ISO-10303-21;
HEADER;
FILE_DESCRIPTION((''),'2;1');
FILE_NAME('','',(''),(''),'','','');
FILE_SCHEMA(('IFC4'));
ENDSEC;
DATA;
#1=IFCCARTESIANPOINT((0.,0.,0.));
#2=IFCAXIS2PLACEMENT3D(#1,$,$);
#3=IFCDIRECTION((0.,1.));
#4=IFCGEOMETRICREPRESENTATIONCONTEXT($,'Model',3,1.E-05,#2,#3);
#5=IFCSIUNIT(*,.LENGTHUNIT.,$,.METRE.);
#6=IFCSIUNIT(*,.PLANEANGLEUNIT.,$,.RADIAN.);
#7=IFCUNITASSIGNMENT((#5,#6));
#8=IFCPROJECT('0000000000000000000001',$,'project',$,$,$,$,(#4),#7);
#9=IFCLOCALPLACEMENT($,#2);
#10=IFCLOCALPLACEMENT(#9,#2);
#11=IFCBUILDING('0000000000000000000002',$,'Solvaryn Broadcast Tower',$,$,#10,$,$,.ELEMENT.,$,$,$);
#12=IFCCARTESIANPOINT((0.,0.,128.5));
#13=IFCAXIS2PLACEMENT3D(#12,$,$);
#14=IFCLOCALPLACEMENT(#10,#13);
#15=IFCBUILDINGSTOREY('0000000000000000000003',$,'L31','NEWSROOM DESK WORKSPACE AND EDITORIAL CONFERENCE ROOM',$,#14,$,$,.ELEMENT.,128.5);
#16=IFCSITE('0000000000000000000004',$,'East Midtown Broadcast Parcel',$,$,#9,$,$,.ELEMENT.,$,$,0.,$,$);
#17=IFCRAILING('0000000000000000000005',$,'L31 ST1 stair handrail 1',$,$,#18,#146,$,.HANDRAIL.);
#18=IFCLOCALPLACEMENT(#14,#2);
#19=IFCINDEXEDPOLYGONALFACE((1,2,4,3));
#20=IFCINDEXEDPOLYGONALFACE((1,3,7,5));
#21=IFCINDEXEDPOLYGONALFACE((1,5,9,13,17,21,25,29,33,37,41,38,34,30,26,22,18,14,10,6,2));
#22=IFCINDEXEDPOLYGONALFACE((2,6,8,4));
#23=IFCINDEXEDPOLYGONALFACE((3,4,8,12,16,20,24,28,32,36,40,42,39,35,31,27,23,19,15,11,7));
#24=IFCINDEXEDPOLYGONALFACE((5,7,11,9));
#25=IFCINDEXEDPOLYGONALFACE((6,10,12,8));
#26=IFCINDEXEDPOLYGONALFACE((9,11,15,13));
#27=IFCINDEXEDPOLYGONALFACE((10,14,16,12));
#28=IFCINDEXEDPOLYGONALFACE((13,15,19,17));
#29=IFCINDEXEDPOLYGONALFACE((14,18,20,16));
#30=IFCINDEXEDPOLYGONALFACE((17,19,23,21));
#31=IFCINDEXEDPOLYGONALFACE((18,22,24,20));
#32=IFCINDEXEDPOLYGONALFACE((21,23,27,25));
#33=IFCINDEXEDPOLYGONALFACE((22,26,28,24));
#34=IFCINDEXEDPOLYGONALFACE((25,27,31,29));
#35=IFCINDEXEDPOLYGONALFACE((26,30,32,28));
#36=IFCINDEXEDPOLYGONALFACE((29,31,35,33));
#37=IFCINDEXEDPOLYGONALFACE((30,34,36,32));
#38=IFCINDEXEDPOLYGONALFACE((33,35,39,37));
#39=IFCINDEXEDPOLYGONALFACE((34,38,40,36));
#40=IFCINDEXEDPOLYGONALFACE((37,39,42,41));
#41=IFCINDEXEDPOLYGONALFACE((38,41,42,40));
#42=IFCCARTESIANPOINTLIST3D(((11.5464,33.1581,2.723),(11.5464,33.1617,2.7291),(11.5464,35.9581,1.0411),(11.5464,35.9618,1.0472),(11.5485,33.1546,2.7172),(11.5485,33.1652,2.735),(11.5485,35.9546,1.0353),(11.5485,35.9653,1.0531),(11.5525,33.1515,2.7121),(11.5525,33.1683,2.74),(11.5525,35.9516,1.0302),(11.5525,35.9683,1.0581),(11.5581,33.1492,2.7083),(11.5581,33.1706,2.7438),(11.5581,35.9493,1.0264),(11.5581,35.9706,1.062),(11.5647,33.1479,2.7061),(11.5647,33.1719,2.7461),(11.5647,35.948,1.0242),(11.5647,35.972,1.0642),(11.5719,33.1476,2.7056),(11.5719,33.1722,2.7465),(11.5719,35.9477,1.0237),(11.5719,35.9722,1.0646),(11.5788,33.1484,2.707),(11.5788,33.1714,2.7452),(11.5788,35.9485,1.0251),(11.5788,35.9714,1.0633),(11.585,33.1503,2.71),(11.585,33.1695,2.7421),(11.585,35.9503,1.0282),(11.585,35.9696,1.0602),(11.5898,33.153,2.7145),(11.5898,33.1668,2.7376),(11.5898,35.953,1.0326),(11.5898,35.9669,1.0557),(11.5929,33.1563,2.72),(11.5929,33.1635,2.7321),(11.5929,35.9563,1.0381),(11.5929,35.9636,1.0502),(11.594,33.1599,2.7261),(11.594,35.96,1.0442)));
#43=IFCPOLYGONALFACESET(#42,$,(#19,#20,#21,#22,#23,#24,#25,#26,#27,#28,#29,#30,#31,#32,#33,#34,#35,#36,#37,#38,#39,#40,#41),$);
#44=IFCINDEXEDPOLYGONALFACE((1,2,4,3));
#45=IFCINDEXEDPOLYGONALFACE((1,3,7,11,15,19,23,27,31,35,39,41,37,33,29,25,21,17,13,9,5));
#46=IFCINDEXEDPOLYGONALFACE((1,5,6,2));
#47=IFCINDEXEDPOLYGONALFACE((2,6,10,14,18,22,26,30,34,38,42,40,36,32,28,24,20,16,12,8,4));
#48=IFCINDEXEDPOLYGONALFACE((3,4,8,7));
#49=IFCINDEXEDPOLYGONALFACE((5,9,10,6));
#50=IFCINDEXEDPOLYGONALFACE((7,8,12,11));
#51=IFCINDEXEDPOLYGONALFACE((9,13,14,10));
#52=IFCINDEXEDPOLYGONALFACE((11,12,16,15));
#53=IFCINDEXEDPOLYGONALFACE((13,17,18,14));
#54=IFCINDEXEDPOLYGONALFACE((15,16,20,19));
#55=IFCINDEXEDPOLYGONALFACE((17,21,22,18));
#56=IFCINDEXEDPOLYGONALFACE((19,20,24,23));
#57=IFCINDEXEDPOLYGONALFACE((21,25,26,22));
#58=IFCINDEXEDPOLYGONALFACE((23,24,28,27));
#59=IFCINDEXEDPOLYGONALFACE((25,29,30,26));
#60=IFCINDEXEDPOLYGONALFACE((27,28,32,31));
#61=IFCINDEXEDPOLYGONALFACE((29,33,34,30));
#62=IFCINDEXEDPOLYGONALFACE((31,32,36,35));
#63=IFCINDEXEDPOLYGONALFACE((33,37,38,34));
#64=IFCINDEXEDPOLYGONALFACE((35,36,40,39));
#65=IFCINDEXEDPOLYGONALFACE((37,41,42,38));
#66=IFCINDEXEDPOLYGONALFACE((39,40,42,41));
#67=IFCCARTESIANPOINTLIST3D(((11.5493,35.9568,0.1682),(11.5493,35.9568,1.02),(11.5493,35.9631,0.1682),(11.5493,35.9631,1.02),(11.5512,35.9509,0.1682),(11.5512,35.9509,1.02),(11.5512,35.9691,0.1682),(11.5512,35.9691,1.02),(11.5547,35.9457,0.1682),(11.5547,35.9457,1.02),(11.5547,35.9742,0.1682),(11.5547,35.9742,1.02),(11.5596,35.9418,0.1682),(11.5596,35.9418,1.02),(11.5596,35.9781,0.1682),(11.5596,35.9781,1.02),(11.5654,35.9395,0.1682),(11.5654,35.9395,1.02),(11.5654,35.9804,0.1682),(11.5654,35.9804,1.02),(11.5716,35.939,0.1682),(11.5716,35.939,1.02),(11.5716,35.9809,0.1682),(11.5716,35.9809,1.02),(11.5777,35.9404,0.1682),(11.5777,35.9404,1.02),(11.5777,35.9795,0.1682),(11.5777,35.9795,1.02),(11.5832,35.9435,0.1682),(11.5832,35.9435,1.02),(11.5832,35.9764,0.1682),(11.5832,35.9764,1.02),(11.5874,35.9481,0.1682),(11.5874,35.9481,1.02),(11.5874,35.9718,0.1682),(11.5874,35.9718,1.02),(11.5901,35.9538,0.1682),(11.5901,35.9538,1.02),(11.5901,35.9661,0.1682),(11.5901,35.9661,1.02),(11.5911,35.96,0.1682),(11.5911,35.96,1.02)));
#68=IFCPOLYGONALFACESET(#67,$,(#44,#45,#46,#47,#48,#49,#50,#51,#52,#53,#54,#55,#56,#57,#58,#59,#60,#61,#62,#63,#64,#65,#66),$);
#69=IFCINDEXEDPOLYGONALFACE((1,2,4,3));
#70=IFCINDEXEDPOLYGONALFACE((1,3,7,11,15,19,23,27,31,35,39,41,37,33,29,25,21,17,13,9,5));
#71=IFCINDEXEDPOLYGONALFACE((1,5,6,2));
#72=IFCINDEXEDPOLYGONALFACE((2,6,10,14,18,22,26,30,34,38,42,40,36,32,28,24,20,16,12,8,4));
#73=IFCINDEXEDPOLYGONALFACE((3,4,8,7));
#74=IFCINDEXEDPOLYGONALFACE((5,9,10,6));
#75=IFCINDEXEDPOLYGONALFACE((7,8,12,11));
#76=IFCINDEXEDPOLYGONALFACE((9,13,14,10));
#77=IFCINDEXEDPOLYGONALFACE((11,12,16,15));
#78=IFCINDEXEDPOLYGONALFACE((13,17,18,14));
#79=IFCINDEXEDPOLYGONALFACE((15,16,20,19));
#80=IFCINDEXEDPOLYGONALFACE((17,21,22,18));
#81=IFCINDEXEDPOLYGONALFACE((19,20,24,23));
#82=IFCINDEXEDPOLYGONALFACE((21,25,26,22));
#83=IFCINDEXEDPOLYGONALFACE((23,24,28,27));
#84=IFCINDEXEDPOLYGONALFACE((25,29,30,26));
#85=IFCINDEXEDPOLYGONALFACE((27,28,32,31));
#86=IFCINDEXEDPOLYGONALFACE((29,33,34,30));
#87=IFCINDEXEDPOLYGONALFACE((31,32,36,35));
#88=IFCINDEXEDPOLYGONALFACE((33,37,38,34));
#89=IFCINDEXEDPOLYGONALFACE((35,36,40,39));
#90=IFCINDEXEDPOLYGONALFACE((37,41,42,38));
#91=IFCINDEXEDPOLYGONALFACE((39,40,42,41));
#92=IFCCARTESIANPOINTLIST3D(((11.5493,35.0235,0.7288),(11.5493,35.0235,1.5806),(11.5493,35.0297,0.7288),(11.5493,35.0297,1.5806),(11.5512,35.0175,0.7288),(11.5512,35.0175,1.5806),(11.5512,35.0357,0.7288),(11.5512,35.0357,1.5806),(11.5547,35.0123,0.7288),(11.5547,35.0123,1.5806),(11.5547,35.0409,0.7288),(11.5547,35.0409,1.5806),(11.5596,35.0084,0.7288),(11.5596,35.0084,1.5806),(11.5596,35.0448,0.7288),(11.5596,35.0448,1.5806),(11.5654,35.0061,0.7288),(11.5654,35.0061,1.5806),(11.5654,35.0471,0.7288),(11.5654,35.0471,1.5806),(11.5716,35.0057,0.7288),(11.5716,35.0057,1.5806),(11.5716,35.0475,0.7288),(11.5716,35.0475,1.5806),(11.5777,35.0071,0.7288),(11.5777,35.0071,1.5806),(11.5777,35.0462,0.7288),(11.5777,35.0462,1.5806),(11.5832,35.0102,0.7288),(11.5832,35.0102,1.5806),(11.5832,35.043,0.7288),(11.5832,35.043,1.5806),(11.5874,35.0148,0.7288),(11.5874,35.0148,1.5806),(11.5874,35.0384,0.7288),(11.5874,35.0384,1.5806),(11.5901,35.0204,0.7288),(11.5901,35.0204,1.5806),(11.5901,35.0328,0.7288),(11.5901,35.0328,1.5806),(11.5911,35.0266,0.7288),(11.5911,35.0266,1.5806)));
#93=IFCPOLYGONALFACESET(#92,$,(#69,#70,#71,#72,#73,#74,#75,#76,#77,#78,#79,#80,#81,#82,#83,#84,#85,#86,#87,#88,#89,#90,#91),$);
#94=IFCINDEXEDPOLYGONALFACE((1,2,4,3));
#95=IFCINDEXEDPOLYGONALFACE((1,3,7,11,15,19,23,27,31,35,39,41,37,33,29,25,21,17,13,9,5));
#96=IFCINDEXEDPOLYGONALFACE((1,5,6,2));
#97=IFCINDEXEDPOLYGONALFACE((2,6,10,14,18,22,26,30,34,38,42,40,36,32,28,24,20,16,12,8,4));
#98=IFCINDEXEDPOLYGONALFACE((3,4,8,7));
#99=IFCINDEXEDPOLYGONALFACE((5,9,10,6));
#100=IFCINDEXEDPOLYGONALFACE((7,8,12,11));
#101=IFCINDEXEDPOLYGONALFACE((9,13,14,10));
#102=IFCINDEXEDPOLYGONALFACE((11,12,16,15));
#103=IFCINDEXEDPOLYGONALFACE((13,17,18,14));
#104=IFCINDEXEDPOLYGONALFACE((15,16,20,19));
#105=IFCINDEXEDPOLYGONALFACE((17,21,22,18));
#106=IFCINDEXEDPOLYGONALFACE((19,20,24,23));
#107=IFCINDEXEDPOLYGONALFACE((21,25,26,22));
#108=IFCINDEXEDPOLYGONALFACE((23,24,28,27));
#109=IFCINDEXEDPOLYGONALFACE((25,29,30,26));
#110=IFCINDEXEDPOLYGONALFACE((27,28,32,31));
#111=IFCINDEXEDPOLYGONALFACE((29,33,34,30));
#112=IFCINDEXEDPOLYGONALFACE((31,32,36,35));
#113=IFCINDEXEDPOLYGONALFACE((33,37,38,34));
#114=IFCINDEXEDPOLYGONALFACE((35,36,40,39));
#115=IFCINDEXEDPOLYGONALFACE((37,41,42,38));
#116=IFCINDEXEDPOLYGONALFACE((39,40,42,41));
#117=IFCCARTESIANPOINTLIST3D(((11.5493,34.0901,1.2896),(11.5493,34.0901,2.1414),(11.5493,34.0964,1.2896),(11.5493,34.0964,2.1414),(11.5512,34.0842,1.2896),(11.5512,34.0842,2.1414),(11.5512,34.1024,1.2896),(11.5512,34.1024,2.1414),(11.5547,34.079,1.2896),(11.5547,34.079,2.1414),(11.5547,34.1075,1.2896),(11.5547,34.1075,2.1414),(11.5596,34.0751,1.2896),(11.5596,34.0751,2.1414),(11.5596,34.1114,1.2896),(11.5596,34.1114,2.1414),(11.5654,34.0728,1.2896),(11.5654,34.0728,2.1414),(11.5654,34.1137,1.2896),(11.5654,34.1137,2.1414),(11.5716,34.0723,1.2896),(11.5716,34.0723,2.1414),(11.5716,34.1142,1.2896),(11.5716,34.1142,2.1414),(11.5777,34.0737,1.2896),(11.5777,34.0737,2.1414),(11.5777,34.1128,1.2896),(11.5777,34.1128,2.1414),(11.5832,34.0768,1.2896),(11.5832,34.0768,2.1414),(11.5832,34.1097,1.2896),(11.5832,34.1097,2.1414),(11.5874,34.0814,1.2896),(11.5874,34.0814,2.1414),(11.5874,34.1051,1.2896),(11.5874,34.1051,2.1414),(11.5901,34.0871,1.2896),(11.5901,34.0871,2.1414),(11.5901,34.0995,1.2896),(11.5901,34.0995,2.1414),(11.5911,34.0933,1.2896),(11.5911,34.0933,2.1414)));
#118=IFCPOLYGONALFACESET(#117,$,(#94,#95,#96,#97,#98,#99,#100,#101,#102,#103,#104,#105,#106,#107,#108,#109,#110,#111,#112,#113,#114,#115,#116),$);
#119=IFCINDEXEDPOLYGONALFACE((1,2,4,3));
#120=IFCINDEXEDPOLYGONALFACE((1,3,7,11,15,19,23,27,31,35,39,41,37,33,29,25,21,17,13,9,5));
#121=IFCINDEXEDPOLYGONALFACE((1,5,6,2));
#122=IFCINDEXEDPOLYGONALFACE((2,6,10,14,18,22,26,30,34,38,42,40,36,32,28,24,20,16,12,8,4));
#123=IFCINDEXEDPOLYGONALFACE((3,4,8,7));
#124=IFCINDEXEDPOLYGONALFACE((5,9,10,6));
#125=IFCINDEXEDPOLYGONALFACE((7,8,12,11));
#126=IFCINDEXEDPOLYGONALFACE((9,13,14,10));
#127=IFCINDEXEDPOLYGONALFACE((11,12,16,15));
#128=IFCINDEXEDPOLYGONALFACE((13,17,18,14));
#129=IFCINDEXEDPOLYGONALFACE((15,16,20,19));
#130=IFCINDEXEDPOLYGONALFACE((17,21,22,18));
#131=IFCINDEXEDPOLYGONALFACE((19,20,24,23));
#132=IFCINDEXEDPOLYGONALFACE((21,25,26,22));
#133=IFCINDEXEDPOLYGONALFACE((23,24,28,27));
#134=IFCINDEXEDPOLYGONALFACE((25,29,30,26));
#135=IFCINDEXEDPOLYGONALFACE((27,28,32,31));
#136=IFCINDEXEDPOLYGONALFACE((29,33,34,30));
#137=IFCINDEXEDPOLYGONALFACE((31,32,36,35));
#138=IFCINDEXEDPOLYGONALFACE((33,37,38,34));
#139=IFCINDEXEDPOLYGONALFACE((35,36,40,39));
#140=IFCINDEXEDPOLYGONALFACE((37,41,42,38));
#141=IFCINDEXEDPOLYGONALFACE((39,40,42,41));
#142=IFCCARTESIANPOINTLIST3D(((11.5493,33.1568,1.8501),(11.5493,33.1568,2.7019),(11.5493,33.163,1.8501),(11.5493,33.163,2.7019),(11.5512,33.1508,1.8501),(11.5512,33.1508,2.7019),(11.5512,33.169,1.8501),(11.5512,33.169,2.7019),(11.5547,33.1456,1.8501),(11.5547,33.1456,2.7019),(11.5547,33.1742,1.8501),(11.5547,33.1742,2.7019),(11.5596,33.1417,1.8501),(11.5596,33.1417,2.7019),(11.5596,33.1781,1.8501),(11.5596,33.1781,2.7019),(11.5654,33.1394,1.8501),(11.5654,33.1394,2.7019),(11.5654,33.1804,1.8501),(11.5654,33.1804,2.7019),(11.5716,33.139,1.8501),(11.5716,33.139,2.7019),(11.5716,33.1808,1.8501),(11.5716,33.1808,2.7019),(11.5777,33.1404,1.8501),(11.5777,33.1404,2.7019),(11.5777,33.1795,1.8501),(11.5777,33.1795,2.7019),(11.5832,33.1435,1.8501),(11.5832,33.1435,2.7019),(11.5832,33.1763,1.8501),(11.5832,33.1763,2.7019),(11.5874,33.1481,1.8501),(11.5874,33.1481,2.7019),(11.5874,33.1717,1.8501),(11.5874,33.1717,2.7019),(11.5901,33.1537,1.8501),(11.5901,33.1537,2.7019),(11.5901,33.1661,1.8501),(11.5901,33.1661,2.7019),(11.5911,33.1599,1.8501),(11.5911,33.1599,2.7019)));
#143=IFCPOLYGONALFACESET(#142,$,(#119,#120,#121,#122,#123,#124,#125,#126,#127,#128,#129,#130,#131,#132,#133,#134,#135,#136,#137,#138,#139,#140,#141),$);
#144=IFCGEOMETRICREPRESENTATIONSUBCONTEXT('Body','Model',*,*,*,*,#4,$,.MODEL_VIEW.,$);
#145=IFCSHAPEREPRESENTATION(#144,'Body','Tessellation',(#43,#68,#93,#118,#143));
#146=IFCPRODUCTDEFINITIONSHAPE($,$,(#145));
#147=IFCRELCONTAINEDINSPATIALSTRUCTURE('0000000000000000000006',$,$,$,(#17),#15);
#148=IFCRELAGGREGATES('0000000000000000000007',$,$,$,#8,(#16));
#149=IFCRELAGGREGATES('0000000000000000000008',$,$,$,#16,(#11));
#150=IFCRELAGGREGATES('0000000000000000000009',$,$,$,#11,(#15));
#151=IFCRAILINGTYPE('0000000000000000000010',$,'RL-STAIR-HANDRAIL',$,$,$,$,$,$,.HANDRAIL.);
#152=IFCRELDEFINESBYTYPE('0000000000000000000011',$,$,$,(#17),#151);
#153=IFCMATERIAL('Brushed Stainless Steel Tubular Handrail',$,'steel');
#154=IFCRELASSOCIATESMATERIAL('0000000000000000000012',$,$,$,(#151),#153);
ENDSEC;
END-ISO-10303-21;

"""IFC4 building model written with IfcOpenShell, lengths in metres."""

from ifc_helpers import new_model, si_unit, direction, frame, origin, origin_2d, place, context, subcontext, project, spatial, circle, extrude, material, type_object, element, save


model = new_model("IFC4")

# Units and contexts
model_context = context("Model", 3, precision=1e-05, world=origin(), true_north=direction((0.0, 1.0)))
body_context = subcontext(model_context, "Body", "Model", "MODEL_VIEW")
ifc_project = project(units=[si_unit("LENGTHUNIT", "METRE"), si_unit("PLANEANGLEUNIT", "RADIAN")], contexts=[model_context])

# Site, building, storey
site_placement = place(None, origin())
site = spatial("IfcSite", under=ifc_project, at=site_placement, Name="East Midtown Broadcast Parcel", CompositionType="ELEMENT", RefElevation=0.0)
building_placement = place(site_placement, origin())
building = spatial("IfcBuilding", under=site, at=building_placement, Name="Solvaryn Broadcast Tower", CompositionType="ELEMENT")
storey_placement = place(building_placement, frame((0.0, 0.0, 128.5)))
storey = spatial("IfcBuildingStorey", under=building, at=storey_placement, Name="L31", Description="NEWSROOM DESK WORKSPACE AND EDITORIAL CONFERENCE ROOM", CompositionType="ELEMENT", Elevation=128.5)

# Railing
ifc_material_1 = material(Name="Brushed Stainless Steel Tubular Handrail", Category="steel")
railing_type_1 = type_object("IfcRailingType", Name="RL-STAIR-HANDRAIL", PredefinedType="HANDRAIL", material=ifc_material_1)
railing_1_placement = place(storey_placement, frame((11.5701, 35.96, 0.1682)))
element("IfcRailing", 1, at=railing_1_placement, inside=storey, type_object=railing_type_1, Name="L31 ST1 stair handrail 1", PredefinedType="HANDRAIL", context=body_context, shape_type="SweptSolid", body=[
    extrude(circle(Radius=0.0239, at=origin_2d()), frame((0.0, 0.0, 0.876), z_axis=(0.0, -0.857242, 0.514913), x_axis=(1.0, 0.0, 0.0)), (0.0, 0.0, 1.0), 3.2664),
    extrude(circle(Radius=0.021, at=origin_2d()), origin(), (0.0, 0.0, 1.0), 0.8518),
    extrude(circle(Radius=0.021, at=origin_2d()), frame((0.0, -0.9333, 0.5605)), (0.0, 0.0, 1.0), 0.8518),
    extrude(circle(Radius=0.021, at=origin_2d()), frame((0.0, -1.8667, 1.1213)), (0.0, 0.0, 1.0), 0.8518),
    extrude(circle(Radius=0.021, at=origin_2d()), frame((0.0, -2.8, 1.6819)), (0.0, 0.0, 1.0), 0.8518),
])

save(model, "model.ifc")
